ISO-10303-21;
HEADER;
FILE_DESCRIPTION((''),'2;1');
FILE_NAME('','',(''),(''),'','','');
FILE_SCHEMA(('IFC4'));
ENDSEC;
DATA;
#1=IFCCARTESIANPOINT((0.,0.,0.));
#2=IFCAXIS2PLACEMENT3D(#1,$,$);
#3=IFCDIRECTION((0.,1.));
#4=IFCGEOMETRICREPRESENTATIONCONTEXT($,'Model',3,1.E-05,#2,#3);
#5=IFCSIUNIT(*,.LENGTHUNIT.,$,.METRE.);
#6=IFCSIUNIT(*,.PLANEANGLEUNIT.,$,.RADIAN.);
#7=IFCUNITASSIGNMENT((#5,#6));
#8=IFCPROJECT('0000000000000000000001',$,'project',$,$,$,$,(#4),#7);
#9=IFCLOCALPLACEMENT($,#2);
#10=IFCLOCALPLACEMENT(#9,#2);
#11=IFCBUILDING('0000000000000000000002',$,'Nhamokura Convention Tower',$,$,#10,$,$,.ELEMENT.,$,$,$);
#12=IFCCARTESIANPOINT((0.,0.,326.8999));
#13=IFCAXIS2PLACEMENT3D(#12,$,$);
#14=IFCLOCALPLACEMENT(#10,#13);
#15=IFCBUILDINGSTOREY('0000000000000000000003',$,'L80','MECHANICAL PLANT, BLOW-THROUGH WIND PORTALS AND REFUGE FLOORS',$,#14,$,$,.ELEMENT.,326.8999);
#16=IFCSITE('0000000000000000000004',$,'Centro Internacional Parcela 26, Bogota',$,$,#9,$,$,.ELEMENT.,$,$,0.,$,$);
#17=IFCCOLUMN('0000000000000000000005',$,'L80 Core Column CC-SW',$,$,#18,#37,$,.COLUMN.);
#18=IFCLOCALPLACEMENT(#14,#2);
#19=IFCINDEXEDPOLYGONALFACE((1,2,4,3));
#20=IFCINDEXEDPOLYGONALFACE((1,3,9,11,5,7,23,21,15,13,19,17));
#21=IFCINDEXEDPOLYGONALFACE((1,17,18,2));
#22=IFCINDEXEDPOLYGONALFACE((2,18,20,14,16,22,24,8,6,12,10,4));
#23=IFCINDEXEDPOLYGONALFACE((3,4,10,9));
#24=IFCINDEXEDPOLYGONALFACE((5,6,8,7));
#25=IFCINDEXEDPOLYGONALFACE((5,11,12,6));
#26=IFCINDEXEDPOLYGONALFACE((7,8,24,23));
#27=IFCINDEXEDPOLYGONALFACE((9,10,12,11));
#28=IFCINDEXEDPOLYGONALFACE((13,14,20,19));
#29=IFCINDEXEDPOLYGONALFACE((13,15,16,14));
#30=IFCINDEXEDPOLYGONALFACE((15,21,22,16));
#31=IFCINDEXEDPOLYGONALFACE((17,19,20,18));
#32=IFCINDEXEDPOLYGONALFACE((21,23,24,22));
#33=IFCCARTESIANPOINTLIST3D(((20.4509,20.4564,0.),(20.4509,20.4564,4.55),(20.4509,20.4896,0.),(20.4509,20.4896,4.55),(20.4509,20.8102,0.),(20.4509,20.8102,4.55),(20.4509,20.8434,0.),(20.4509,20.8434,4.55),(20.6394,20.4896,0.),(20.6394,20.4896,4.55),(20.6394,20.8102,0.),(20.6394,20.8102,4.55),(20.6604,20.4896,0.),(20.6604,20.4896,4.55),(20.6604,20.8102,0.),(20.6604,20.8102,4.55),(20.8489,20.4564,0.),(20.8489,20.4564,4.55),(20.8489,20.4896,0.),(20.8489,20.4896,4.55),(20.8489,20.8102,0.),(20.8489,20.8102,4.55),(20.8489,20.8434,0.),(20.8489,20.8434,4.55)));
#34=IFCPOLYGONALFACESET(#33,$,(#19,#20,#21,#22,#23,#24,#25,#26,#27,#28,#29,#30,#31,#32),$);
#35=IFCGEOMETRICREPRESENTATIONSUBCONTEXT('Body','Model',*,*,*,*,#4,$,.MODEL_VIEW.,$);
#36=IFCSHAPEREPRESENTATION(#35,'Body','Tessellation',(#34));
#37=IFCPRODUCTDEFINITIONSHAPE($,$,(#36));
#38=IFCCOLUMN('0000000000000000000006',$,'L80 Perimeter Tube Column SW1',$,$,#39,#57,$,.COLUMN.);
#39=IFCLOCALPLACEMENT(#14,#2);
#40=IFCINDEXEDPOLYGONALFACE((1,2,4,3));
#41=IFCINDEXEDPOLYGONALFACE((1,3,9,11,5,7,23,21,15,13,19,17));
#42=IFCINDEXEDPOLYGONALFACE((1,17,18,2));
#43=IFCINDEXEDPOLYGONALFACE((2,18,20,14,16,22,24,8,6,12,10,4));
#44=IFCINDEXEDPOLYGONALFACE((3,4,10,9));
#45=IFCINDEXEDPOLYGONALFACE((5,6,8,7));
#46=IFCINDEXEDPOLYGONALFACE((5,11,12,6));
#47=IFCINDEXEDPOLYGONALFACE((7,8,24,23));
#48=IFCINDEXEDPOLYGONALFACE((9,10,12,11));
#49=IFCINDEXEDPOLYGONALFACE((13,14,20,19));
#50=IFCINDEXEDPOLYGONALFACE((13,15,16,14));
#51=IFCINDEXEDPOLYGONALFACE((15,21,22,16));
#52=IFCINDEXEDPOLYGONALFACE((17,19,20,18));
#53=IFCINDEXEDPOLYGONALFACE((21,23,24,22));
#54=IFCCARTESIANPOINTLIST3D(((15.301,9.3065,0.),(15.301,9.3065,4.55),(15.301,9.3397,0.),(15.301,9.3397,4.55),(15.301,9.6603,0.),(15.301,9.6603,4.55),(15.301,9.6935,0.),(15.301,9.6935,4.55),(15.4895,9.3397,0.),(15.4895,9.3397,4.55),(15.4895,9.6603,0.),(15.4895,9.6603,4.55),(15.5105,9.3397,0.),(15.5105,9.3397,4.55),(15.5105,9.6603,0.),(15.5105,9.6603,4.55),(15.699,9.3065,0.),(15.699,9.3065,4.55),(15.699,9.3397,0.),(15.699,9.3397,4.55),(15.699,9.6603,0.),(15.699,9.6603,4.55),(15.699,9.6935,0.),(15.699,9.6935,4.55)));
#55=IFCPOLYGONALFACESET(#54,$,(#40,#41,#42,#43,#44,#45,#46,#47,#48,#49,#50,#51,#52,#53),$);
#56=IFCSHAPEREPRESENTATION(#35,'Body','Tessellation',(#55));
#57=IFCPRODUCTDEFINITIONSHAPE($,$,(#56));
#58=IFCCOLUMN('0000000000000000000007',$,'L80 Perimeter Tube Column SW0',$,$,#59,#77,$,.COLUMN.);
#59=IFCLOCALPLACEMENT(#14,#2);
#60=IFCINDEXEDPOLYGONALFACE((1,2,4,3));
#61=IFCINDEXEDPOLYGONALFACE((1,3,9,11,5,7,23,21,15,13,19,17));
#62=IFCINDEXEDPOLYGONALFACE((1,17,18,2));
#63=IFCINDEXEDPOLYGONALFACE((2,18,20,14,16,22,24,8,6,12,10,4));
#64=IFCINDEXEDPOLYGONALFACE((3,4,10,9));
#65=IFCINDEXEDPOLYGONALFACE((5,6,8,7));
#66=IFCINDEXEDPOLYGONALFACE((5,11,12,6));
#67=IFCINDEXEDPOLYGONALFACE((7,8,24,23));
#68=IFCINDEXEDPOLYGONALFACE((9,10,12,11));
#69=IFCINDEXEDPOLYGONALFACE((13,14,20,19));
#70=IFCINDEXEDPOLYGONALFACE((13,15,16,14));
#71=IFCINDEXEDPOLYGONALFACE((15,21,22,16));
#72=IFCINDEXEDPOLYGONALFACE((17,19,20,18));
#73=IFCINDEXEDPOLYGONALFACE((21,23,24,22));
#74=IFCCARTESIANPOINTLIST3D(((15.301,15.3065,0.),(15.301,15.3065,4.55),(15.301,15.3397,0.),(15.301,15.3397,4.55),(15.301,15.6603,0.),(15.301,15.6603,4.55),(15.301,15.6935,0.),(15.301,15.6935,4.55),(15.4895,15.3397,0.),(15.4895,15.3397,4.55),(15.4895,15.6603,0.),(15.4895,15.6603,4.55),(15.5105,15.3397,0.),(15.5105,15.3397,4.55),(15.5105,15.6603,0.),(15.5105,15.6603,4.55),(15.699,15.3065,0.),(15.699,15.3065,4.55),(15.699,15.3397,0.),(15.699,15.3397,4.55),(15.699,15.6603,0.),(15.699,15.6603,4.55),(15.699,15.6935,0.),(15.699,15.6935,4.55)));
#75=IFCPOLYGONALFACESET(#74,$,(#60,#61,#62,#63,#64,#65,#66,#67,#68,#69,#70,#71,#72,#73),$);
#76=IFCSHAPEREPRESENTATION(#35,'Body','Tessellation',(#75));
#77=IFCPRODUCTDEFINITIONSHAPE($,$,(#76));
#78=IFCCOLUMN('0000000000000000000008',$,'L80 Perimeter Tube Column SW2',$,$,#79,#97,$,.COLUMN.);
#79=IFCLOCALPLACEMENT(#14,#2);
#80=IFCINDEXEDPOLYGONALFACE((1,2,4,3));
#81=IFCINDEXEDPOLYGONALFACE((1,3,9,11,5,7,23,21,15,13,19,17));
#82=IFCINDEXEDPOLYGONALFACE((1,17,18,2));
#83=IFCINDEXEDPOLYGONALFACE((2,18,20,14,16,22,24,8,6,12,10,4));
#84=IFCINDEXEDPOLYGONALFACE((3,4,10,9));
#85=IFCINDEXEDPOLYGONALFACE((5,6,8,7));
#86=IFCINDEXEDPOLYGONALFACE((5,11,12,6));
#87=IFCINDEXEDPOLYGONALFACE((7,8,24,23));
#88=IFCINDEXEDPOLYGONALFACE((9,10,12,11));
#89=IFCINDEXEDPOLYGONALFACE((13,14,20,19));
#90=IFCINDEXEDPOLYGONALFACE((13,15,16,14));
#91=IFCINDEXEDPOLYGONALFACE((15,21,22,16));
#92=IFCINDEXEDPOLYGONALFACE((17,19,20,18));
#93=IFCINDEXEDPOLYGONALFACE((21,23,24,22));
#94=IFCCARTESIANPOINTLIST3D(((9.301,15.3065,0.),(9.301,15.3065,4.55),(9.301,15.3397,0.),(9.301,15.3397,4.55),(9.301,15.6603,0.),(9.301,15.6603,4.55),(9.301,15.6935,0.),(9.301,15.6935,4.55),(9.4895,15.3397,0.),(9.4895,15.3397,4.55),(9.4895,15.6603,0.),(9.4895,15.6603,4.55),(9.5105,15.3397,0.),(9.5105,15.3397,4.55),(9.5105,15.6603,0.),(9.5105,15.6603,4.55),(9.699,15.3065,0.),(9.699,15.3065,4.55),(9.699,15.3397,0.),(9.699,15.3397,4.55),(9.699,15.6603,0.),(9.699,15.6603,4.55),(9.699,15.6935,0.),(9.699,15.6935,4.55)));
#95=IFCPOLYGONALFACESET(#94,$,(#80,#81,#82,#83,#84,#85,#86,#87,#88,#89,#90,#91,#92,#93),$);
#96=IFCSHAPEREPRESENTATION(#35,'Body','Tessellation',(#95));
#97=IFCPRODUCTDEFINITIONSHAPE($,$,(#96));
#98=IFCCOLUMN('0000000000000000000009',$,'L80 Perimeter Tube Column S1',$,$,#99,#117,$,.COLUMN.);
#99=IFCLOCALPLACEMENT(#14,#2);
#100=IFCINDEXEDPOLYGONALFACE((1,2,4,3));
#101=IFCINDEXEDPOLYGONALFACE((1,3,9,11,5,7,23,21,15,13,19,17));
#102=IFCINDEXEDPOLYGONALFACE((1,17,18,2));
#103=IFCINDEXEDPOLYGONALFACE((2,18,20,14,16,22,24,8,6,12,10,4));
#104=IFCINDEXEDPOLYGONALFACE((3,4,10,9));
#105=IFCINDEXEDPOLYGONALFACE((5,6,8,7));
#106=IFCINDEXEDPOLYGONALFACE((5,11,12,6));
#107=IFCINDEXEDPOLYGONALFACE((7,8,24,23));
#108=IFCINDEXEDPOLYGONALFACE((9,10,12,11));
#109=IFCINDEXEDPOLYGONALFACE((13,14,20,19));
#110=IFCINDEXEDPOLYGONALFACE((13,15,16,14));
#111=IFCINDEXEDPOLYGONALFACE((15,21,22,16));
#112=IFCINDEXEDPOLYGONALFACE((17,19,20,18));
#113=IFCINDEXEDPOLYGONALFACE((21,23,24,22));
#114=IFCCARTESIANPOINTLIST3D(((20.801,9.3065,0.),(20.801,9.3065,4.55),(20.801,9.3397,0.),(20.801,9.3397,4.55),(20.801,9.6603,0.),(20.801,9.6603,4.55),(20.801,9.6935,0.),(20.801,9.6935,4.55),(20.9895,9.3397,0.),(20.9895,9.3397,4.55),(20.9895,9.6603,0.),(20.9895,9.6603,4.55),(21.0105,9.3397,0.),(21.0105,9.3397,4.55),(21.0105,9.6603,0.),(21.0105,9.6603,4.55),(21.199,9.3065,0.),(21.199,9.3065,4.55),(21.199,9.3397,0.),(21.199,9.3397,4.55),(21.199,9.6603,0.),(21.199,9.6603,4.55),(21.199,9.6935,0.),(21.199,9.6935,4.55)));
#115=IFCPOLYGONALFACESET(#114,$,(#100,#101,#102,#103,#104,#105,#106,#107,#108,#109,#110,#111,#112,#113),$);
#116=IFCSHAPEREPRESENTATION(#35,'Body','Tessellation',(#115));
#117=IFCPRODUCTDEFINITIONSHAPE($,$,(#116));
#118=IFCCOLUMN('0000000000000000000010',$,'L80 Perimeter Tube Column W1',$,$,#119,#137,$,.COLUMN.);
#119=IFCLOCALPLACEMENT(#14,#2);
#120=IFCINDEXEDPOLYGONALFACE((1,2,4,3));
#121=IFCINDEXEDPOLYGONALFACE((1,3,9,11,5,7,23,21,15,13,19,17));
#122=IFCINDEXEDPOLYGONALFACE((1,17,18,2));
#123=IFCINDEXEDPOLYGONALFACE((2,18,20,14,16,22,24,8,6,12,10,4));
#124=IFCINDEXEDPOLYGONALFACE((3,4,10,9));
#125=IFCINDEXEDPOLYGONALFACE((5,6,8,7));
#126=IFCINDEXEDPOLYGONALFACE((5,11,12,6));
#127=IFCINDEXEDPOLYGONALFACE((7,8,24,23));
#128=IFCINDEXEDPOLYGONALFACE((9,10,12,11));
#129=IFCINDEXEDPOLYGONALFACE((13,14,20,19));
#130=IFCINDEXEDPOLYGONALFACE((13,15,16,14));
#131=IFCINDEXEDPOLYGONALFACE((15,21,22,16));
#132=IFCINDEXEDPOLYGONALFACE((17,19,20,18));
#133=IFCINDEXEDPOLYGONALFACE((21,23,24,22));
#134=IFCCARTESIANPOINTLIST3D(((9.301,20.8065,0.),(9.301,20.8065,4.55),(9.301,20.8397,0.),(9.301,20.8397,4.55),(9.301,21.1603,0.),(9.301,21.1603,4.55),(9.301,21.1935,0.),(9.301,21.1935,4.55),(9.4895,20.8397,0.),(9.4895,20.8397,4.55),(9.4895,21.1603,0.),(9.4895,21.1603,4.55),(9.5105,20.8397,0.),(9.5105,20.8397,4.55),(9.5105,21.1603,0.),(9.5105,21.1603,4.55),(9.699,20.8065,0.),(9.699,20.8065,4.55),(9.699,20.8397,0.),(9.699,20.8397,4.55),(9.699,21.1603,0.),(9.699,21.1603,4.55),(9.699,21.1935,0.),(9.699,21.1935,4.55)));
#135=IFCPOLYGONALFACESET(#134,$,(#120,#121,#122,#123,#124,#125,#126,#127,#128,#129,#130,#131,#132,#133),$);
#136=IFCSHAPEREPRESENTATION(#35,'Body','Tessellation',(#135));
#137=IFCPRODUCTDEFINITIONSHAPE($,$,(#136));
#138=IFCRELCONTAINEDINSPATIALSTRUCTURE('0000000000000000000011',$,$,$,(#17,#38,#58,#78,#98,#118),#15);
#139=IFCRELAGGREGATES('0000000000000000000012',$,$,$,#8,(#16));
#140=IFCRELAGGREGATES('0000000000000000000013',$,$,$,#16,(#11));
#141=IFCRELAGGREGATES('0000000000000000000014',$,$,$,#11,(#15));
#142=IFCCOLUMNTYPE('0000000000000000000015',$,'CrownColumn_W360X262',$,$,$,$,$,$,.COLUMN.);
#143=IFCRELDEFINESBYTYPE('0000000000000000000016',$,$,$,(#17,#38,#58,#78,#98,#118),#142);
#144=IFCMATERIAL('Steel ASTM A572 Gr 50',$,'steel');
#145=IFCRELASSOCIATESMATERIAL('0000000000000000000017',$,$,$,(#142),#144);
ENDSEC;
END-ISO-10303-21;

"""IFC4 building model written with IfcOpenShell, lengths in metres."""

from ifc_helpers import new_model, si_unit, direction, frame, origin, origin_2d, place, context, subcontext, project, spatial, i_section, extrude, material, material_profile, profile_set, type_object, element, save


model = new_model("IFC4")

# Units and contexts
model_context = context("Model", 3, precision=1e-05, world=origin(), true_north=direction((0.0, 1.0)))
body_context = subcontext(model_context, "Body", "Model", "MODEL_VIEW")
ifc_project = project(units=[si_unit("LENGTHUNIT", "METRE"), si_unit("PLANEANGLEUNIT", "RADIAN")], contexts=[model_context])

# Site, building, storey
site_placement = place(None, origin())
site = spatial("IfcSite", under=ifc_project, at=site_placement, Name="Centro Internacional Parcela 26, Bogota", CompositionType="ELEMENT", RefElevation=0.0)
building_placement = place(site_placement, origin())
building = spatial("IfcBuilding", under=site, at=building_placement, Name="Nhamokura Convention Tower", CompositionType="ELEMENT")
storey_placement = place(building_placement, frame((0.0, 0.0, 326.8999)))
storey = spatial("IfcBuildingStorey", under=building, at=storey_placement, Name="L80", Description="MECHANICAL PLANT, BLOW-THROUGH WIND PORTALS AND REFUGE FLOORS", CompositionType="ELEMENT", Elevation=326.8999)

# Columns
ifc_material_1 = material(Name="Steel ASTM A572 Gr 50", Category="steel")
ifc_material_profile = material_profile(ifc_material_1, i_section(OverallWidth=0.3979, OverallDepth=0.387, WebThickness=0.021, FlangeThickness=0.0332, at=origin_2d()))
ifc_profile_set = profile_set([ifc_material_profile], Name="Steel ASTM A572 Gr 50")
column_type = type_object("IfcColumnType", Name="CrownColumn_W360X262", PredefinedType="COLUMN", material=ifc_profile_set)
for number, where, z_axis, x_axis, name in (
    (1, (20.6499, 20.6499, 0.0), (0.0, 0.0, 1.0), (1.0, 0.0, 0.0), "L80 Core Column CC-SW"),
    (2, (15.5, 9.5, 0.0), (0.0, 0.0, 1.0), (1.0, 0.0, 0.0), "L80 Perimeter Tube Column SW1"),
    (3, (15.5, 15.5, 0.0), (0.0, 0.0, 1.0), (1.0, 0.0, 0.0), "L80 Perimeter Tube Column SW0"),
    (4, (9.5, 15.5, 0.0), (0.0, 0.0, 1.0), (1.0, 0.0, 0.0), "L80 Perimeter Tube Column SW2"),
    (5, (21.0, 9.5, 0.0), (0.0, 0.0, 1.0), (1.0, 0.0, 0.0), "L80 Perimeter Tube Column S1"),
    (6, (9.5, 21.0, 0.0), (0.0, 0.0, 1.0), (1.0, 0.0, 0.0), "L80 Perimeter Tube Column W1"),
):
    element("IfcColumn", number, at=place(storey_placement, frame(where, z_axis=z_axis, x_axis=x_axis)), inside=storey, type_object=column_type, Name=name, PredefinedType="COLUMN", context=body_context, shape_type="SweptSolid", body=[
        extrude(i_section(OverallWidth=0.3979, OverallDepth=0.387, WebThickness=0.021, FlangeThickness=0.0332, at=origin_2d()), origin(), (0.0, 0.0, 1.0), 4.55),
    ])

save(model, "model.ifc")
